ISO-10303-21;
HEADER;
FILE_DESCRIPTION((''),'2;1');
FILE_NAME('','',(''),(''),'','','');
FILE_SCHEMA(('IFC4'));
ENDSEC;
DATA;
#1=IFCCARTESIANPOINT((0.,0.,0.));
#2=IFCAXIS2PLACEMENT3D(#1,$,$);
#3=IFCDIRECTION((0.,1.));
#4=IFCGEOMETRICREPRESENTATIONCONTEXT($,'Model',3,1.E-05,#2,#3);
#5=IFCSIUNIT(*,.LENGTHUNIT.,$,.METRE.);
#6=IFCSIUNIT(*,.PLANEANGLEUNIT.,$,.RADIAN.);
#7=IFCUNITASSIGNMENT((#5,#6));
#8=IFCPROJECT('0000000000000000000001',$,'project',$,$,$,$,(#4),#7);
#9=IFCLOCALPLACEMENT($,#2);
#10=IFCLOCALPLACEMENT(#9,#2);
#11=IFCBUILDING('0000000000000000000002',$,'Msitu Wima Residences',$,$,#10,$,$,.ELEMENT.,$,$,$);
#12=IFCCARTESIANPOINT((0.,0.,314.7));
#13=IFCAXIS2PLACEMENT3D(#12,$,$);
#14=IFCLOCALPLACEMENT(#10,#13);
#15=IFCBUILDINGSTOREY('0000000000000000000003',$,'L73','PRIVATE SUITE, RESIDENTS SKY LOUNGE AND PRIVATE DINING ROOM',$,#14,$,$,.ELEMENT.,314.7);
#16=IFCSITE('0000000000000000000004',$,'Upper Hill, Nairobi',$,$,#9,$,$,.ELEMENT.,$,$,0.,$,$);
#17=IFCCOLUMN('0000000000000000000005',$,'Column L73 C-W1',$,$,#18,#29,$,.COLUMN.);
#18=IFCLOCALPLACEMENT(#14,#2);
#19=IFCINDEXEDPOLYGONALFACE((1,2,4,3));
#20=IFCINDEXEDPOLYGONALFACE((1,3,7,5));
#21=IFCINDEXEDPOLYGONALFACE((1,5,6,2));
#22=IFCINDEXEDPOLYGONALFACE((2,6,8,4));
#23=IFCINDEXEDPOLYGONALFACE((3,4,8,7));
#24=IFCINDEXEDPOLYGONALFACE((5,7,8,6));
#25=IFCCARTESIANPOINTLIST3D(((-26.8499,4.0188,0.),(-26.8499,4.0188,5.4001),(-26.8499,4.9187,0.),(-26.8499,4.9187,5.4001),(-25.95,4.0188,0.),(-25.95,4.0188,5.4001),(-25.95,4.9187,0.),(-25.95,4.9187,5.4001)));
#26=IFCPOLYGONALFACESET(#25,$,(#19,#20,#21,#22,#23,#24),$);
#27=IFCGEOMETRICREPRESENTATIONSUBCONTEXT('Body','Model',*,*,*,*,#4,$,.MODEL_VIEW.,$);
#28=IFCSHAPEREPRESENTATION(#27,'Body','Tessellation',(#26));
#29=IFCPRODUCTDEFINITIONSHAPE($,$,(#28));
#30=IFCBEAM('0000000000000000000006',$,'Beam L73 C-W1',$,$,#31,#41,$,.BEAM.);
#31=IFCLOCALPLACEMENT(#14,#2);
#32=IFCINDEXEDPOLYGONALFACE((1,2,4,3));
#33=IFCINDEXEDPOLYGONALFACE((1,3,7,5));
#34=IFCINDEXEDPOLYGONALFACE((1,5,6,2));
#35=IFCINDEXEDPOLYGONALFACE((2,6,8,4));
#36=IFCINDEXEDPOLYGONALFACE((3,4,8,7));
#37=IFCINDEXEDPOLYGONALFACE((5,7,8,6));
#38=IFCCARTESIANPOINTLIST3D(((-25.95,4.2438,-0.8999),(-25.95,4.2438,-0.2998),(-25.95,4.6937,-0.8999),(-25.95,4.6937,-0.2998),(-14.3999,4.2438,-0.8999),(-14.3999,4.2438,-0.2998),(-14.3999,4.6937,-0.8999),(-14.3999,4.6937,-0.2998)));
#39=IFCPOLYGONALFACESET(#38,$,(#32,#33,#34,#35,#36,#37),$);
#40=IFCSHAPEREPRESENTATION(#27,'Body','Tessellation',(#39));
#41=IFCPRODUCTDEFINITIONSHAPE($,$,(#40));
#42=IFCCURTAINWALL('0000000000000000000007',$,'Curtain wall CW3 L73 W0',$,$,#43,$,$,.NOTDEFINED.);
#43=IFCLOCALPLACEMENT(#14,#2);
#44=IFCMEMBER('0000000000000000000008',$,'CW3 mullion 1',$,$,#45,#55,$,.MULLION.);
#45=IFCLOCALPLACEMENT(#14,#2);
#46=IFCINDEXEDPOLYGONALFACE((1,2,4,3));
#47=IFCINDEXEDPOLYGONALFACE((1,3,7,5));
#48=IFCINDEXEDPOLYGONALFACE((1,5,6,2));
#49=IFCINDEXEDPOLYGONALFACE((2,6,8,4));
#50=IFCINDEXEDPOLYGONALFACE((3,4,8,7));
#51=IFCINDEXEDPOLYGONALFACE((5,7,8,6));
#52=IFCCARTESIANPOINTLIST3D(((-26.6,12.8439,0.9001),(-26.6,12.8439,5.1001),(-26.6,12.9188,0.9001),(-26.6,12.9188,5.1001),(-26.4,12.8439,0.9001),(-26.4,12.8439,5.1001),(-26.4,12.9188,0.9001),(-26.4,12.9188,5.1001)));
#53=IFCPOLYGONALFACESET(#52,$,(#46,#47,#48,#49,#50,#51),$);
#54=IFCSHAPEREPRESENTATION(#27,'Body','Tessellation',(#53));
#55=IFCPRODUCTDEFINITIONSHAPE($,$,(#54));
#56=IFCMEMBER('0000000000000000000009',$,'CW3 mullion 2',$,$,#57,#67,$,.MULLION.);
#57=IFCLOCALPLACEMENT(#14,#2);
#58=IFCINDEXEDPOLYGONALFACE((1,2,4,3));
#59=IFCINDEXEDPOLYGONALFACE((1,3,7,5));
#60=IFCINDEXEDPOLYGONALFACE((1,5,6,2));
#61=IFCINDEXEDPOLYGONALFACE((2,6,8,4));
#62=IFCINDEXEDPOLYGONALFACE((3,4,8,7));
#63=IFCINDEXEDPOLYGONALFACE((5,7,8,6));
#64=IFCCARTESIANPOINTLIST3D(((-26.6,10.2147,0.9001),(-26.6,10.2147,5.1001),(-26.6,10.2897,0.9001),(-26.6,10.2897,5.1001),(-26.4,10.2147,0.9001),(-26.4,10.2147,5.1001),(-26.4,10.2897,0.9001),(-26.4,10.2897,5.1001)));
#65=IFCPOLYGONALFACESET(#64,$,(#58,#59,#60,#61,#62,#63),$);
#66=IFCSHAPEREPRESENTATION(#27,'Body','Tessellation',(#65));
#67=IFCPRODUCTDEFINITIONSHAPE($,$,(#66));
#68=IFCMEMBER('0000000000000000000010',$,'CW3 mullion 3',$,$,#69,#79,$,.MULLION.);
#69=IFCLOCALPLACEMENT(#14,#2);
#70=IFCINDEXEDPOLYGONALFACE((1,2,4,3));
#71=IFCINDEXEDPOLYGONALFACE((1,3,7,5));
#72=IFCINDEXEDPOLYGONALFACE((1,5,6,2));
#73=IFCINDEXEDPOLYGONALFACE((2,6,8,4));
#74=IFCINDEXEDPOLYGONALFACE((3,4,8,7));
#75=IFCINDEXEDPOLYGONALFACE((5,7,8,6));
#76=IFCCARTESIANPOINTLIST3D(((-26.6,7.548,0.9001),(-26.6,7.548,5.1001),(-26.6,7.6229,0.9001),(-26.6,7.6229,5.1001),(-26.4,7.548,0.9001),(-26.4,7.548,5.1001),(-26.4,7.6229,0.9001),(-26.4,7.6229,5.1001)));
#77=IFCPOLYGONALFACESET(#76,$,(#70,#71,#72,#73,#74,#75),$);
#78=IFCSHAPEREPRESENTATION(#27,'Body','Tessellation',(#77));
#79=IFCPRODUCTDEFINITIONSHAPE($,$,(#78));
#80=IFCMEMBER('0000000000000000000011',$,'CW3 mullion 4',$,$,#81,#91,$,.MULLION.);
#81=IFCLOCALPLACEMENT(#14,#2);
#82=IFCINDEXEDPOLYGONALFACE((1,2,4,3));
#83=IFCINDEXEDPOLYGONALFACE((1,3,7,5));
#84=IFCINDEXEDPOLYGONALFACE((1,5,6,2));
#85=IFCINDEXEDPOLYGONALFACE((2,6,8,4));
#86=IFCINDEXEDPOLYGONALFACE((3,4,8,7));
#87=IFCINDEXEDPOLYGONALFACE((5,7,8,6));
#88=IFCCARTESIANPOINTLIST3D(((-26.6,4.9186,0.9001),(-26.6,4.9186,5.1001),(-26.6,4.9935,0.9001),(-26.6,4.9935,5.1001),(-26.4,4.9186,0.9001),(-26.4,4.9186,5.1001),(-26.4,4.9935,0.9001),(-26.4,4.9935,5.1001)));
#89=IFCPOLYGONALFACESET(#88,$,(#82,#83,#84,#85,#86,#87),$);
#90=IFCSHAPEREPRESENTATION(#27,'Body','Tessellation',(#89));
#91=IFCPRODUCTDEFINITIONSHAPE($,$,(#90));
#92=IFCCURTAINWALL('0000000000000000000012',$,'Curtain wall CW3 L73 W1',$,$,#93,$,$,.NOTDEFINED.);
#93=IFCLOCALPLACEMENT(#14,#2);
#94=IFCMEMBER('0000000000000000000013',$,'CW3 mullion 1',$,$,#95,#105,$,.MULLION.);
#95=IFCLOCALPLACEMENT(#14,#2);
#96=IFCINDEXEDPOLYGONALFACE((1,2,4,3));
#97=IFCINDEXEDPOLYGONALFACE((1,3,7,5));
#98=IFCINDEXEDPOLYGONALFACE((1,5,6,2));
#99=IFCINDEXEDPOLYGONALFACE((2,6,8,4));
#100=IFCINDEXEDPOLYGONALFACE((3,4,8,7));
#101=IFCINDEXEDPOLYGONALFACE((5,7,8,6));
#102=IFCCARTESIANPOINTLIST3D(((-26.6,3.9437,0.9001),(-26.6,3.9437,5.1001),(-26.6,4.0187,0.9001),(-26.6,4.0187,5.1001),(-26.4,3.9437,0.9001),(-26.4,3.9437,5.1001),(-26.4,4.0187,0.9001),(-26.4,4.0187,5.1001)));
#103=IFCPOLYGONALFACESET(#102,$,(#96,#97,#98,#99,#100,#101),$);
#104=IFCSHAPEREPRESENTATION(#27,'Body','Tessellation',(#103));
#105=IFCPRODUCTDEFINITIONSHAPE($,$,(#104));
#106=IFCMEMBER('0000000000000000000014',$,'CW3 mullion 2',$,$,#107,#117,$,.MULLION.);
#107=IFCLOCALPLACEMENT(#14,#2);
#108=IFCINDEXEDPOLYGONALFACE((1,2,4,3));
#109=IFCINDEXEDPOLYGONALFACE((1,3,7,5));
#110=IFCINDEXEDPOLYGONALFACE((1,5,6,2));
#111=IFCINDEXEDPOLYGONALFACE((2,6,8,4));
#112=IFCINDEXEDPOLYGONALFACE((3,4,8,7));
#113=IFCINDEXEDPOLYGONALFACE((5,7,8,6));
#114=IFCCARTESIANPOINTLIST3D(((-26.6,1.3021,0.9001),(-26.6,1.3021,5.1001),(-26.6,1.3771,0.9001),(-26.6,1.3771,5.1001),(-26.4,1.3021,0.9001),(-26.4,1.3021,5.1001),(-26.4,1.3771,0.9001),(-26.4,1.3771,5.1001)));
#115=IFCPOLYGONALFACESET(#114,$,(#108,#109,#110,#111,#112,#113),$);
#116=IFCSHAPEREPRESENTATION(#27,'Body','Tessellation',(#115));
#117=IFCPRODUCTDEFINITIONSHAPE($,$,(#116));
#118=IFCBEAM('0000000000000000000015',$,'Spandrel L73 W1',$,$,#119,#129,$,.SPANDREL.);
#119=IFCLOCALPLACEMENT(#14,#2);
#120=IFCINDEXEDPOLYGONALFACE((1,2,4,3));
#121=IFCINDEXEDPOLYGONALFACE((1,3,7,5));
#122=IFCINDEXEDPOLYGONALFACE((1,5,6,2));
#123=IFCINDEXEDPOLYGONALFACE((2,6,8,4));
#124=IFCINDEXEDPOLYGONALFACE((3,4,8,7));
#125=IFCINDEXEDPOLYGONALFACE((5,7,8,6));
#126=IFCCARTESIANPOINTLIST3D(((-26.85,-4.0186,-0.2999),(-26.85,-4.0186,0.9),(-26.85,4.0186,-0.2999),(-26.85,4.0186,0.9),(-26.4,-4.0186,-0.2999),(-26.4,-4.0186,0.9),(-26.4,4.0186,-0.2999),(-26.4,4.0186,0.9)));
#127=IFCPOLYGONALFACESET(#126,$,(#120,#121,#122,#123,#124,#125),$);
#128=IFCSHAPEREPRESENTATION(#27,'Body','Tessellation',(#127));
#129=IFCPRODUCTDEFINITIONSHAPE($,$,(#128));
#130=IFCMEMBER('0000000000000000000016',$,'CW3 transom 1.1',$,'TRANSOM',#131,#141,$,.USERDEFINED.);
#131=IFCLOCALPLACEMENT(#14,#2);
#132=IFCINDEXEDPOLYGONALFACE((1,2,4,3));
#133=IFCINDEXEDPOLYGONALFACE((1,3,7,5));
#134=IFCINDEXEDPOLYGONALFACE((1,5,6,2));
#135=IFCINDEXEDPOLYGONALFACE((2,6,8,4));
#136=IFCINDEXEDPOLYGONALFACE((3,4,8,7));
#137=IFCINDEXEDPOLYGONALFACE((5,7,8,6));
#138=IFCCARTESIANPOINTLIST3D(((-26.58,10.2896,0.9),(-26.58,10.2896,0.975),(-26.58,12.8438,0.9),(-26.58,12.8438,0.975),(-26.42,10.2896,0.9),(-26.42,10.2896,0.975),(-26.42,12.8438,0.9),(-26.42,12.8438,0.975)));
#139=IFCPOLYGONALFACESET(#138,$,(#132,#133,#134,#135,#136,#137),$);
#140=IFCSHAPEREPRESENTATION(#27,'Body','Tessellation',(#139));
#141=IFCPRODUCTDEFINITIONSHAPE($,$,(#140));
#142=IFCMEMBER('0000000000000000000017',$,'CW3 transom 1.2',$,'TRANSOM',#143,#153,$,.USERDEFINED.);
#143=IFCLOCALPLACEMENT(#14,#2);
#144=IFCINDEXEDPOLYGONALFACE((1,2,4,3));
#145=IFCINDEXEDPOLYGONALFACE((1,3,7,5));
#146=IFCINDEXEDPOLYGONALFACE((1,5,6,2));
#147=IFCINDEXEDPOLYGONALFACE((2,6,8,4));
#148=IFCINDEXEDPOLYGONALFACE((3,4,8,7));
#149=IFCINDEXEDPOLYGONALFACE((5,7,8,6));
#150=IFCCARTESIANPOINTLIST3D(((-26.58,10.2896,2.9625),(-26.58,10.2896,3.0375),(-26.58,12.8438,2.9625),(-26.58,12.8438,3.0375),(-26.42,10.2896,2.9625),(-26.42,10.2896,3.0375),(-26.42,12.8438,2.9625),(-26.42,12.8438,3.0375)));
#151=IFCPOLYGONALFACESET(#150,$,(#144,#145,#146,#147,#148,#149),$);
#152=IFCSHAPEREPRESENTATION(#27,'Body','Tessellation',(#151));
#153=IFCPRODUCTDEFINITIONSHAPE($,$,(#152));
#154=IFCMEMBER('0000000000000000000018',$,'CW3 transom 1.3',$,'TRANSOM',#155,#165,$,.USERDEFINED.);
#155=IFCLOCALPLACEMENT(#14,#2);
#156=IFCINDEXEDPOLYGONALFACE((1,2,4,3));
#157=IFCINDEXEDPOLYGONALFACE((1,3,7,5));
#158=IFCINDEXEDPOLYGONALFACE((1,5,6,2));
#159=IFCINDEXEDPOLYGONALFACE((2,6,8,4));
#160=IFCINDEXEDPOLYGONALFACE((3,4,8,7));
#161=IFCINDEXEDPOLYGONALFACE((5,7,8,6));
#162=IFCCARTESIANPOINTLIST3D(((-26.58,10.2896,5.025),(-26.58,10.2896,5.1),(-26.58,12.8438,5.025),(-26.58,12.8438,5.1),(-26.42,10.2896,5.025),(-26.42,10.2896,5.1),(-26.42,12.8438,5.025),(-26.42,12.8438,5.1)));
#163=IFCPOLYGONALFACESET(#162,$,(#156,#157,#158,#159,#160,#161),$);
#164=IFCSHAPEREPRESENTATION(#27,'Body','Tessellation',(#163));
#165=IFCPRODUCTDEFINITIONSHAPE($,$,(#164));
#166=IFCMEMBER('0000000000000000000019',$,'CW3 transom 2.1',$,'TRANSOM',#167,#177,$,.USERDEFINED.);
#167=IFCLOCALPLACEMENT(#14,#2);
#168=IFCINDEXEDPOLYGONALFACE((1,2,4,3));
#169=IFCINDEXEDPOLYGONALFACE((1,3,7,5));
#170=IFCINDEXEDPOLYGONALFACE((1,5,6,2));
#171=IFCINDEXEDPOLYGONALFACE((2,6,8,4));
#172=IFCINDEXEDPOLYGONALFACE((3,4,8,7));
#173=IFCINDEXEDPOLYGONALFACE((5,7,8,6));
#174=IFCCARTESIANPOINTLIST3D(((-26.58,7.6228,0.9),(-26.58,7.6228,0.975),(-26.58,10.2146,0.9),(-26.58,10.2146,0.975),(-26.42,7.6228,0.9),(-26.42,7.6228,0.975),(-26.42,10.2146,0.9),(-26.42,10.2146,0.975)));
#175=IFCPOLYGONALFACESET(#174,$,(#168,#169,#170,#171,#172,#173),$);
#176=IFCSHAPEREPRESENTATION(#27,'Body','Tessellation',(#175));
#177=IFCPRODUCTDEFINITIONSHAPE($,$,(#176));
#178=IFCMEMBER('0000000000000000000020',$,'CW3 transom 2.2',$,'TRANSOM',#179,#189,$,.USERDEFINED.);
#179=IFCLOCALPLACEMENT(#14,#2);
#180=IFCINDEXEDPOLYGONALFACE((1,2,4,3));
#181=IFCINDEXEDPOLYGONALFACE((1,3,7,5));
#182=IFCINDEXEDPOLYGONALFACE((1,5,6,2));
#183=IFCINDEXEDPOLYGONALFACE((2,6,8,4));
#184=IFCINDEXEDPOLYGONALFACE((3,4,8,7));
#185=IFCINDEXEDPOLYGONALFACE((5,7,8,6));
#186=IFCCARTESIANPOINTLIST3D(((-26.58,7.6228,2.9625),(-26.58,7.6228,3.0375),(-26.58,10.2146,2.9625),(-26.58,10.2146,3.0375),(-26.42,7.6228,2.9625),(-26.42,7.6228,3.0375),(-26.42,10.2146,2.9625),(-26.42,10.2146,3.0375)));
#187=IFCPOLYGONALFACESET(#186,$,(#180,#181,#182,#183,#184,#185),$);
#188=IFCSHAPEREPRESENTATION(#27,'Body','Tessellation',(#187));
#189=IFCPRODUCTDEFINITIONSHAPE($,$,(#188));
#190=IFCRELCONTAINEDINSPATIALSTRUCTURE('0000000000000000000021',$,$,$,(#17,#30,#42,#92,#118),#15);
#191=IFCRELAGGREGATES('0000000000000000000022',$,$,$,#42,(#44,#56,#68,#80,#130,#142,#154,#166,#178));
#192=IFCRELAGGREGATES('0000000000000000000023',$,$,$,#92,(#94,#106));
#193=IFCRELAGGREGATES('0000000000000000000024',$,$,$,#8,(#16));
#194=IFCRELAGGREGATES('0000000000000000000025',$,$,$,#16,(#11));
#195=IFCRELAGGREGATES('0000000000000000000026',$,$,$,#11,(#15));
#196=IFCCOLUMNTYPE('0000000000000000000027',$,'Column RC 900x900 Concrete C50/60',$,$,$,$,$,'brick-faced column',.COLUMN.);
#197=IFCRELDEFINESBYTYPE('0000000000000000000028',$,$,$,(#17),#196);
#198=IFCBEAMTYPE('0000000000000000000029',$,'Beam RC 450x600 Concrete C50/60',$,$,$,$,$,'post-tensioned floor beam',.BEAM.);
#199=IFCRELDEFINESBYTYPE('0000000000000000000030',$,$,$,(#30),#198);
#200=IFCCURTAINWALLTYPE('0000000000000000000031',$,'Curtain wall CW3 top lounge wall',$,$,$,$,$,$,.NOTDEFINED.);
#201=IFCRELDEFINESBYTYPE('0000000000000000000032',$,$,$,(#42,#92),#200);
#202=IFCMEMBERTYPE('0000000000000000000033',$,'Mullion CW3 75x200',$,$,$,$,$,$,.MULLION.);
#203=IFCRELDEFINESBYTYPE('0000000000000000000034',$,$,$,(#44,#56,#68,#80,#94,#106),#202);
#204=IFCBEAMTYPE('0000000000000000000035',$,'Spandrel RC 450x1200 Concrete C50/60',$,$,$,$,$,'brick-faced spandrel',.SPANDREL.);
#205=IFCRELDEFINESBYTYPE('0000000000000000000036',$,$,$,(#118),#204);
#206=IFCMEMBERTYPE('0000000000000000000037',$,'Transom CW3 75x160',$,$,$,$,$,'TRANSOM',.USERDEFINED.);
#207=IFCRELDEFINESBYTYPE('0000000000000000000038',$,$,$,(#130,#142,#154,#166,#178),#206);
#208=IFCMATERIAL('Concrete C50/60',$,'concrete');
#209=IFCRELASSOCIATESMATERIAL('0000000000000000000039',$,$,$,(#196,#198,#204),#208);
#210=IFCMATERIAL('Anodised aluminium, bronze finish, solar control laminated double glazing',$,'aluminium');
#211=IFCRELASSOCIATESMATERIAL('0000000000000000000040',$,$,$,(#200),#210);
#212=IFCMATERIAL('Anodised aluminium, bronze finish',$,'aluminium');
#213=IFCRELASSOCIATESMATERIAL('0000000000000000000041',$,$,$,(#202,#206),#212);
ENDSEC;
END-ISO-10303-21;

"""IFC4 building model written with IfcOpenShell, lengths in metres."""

from ifc_helpers import new_model, si_unit, direction, frame, origin, origin_2d, place, context, subcontext, project, spatial, rectangle, extrude, material, material_profile, profile_set, type_object, element, aggregate, save


model = new_model("IFC4")

# Units and contexts
model_context = context("Model", 3, precision=1e-05, world=origin(), true_north=direction((0.0, 1.0)))
body_context = subcontext(model_context, "Body", "Model", "MODEL_VIEW")
ifc_project = project(units=[si_unit("LENGTHUNIT", "METRE"), si_unit("PLANEANGLEUNIT", "RADIAN")], contexts=[model_context])

# Site, building, storey
site_placement = place(None, origin())
site = spatial("IfcSite", under=ifc_project, at=site_placement, Name="Upper Hill, Nairobi", CompositionType="ELEMENT", RefElevation=0.0)
building_placement = place(site_placement, origin())
building = spatial("IfcBuilding", under=site, at=building_placement, Name="Msitu Wima Residences", CompositionType="ELEMENT")
storey_placement = place(building_placement, frame((0.0, 0.0, 314.7)))
storey = spatial("IfcBuildingStorey", under=building, at=storey_placement, Name="L73", Description="PRIVATE SUITE, RESIDENTS SKY LOUNGE AND PRIVATE DINING ROOM", CompositionType="ELEMENT", Elevation=314.7)

# Column
ifc_material_1 = material(Name="Concrete C50/60", Category="concrete")
ifc_material_profile_1 = material_profile(ifc_material_1, rectangle(XDim=0.8999, YDim=0.8999, at=origin_2d()), Name="RC 900x900")
ifc_profile_set_1 = profile_set([ifc_material_profile_1], Name="Concrete C50/60")
column_type = type_object("IfcColumnType", Name="Column RC 900x900 Concrete C50/60", ElementType="brick-faced column", PredefinedType="COLUMN", material=ifc_profile_set_1)
column_placement = place(storey_placement, frame((-26.3999, 4.4688, 0.0), z_axis=(0.0, 0.0, 1.0), x_axis=(0.0, -1.0, 0.0)))
element("IfcColumn", 1, at=column_placement, inside=storey, type_object=column_type, Name="Column L73 C-W1", PredefinedType="COLUMN", context=body_context, shape_type="SweptSolid", body=[
    extrude(rectangle(XDim=0.8999, YDim=0.8999, at=origin_2d()), origin(), (0.0, 0.0, 1.0), 5.4001),
])

# Beam
ifc_material_profile_2 = material_profile(ifc_material_1, rectangle(XDim=0.45, YDim=0.6001, at=origin_2d()), Name="RC 450x600")
ifc_profile_set_2 = profile_set([ifc_material_profile_2], Name="Concrete C50/60")
beam_type_1 = type_object("IfcBeamType", Name="Beam RC 450x600 Concrete C50/60", ElementType="post-tensioned floor beam", PredefinedType="BEAM", material=ifc_profile_set_2)
beam_1_placement = place(storey_placement, frame((-25.95, 4.4688, -0.5999), z_axis=(1.0, 0.0, 0.0), x_axis=(0.0, 1.0, 0.0)))
element("IfcBeam", 2, at=beam_1_placement, inside=storey, type_object=beam_type_1, Name="Beam L73 C-W1", PredefinedType="BEAM", context=body_context, shape_type="SweptSolid", body=[
    extrude(rectangle(XDim=0.45, YDim=0.6001, at=origin_2d()), origin(), (0.0, 0.0, 1.0), 11.55),
])

# Curtain walls, members
ifc_material_2 = material(Name="Anodised aluminium, bronze finish, solar control laminated double glazing", Category="aluminium")
curtain_wall_type = type_object("IfcCurtainWallType", Name="Curtain wall CW3 top lounge wall", PredefinedType="NOTDEFINED", material=ifc_material_2)
curtain_wall_1_placement = place(storey_placement, origin())
curtain_wall_1 = element("IfcCurtainWall", 3, at=curtain_wall_1_placement, inside=storey, type_object=curtain_wall_type, Name="Curtain wall CW3 L73 W0", PredefinedType="NOTDEFINED")
ifc_material_3 = material(Name="Anodised aluminium, bronze finish", Category="aluminium")
ifc_material_profile_3 = material_profile(ifc_material_3, rectangle(XDim=0.2, YDim=0.075, at=origin_2d()), Name="Mullion 75x200")
ifc_profile_set_3 = profile_set([ifc_material_profile_3], Name="Anodised aluminium, bronze finish")
member_type_1 = type_object("IfcMemberType", Name="Mullion CW3 75x200", PredefinedType="MULLION", material=ifc_profile_set_3)
member_1_placement = place(storey_placement, frame((-26.5, 12.8813, 0.9001), z_axis=(0.0, 0.0, 1.0), x_axis=(1.0, 0.0, 0.0)))
member_1 = element("IfcMember", 4, at=member_1_placement, type_object=member_type_1, Name="CW3 mullion 1", PredefinedType="MULLION", context=body_context, shape_type="SweptSolid", body=[
    extrude(rectangle(XDim=0.2, YDim=0.075, at=origin_2d()), origin(), (0.0, 0.0, 1.0), 4.2),
])
member_2_placement = place(storey_placement, frame((-26.5, 10.2522, 0.9001), z_axis=(0.0, 0.0, 1.0), x_axis=(1.0, 0.0, 0.0)))
member_2 = element("IfcMember", 5, at=member_2_placement, type_object=member_type_1, Name="CW3 mullion 2", PredefinedType="MULLION", context=body_context, shape_type="SweptSolid", body=[
    extrude(rectangle(XDim=0.2, YDim=0.075, at=origin_2d()), origin(), (0.0, 0.0, 1.0), 4.2),
])
member_3_placement = place(storey_placement, frame((-26.5, 7.5854, 0.9001), z_axis=(0.0, 0.0, 1.0), x_axis=(1.0, 0.0, 0.0)))
member_3 = element("IfcMember", 6, at=member_3_placement, type_object=member_type_1, Name="CW3 mullion 3", PredefinedType="MULLION", context=body_context, shape_type="SweptSolid", body=[
    extrude(rectangle(XDim=0.2, YDim=0.075, at=origin_2d()), origin(), (0.0, 0.0, 1.0), 4.2),
])
member_4_placement = place(storey_placement, frame((-26.5, 4.9561, 0.9001), z_axis=(0.0, 0.0, 1.0), x_axis=(1.0, 0.0, 0.0)))
member_4 = element("IfcMember", 7, at=member_4_placement, type_object=member_type_1, Name="CW3 mullion 4", PredefinedType="MULLION", context=body_context, shape_type="SweptSolid", body=[
    extrude(rectangle(XDim=0.2, YDim=0.075, at=origin_2d()), origin(), (0.0, 0.0, 1.0), 4.2),
])
curtain_wall_2_placement = place(storey_placement, origin())
curtain_wall_2 = element("IfcCurtainWall", 8, at=curtain_wall_2_placement, inside=storey, type_object=curtain_wall_type, Name="Curtain wall CW3 L73 W1", PredefinedType="NOTDEFINED")
member_5_placement = place(storey_placement, frame((-26.5, 3.9812, 0.9001), z_axis=(0.0, 0.0, 1.0), x_axis=(1.0, 0.0, 0.0)))
member_5 = element("IfcMember", 9, at=member_5_placement, type_object=member_type_1, Name="CW3 mullion 1", PredefinedType="MULLION", context=body_context, shape_type="SweptSolid", body=[
    extrude(rectangle(XDim=0.2, YDim=0.075, at=origin_2d()), origin(), (0.0, 0.0, 1.0), 4.2),
])
member_6_placement = place(storey_placement, frame((-26.5, 1.3396, 0.9001), z_axis=(0.0, 0.0, 1.0), x_axis=(1.0, 0.0, 0.0)))
member_6 = element("IfcMember", 10, at=member_6_placement, type_object=member_type_1, Name="CW3 mullion 2", PredefinedType="MULLION", context=body_context, shape_type="SweptSolid", body=[
    extrude(rectangle(XDim=0.2, YDim=0.075, at=origin_2d()), origin(), (0.0, 0.0, 1.0), 4.2),
])

# Beam
ifc_material_profile_4 = material_profile(ifc_material_1, rectangle(XDim=0.45, YDim=1.2, at=origin_2d()), Name="RC 450x1200")
ifc_profile_set_4 = profile_set([ifc_material_profile_4], Name="Concrete C50/60")
beam_type_2 = type_object("IfcBeamType", Name="Spandrel RC 450x1200 Concrete C50/60", ElementType="brick-faced spandrel", PredefinedType="SPANDREL", material=ifc_profile_set_4)
beam_2_placement = place(storey_placement, frame((-26.625, 4.0186, 0.3), z_axis=(0.0, -1.0, 0.0), x_axis=(1.0, 0.0, 0.0)))
element("IfcBeam", 11, at=beam_2_placement, inside=storey, type_object=beam_type_2, Name="Spandrel L73 W1", PredefinedType="SPANDREL", context=body_context, shape_type="SweptSolid", body=[
    extrude(rectangle(XDim=0.45, YDim=1.2, at=origin_2d()), origin(), (0.0, 0.0, 1.0), 8.0371),
])

# Members
ifc_material_profile_5 = material_profile(ifc_material_3, rectangle(XDim=0.1599, YDim=0.075, at=origin_2d()), Name="Transom 75x160")
ifc_profile_set_5 = profile_set([ifc_material_profile_5], Name="Anodised aluminium, bronze finish")
member_type_2 = type_object("IfcMemberType", Name="Transom CW3 75x160", ElementType="TRANSOM", PredefinedType="USERDEFINED", material=ifc_profile_set_5)
member_7_placement = place(storey_placement, frame((-26.5, 12.8438, 0.9375), z_axis=(0.0, -1.0, 0.0), x_axis=(1.0, 0.0, 0.0)))
member_7 = element("IfcMember", 12, at=member_7_placement, type_object=member_type_2, Name="CW3 transom 1.1", ObjectType="TRANSOM", PredefinedType="USERDEFINED", context=body_context, shape_type="SweptSolid", body=[
    extrude(rectangle(XDim=0.1599, YDim=0.075, at=origin_2d()), origin(), (0.0, 0.0, 1.0), 2.5542),
])
member_8_placement = place(storey_placement, frame((-26.5, 12.8438, 3.0), z_axis=(0.0, -1.0, 0.0), x_axis=(1.0, 0.0, 0.0)))
member_8 = element("IfcMember", 13, at=member_8_placement, type_object=member_type_2, Name="CW3 transom 1.2", ObjectType="TRANSOM", PredefinedType="USERDEFINED", context=body_context, shape_type="SweptSolid", body=[
    extrude(rectangle(XDim=0.1599, YDim=0.075, at=origin_2d()), origin(), (0.0, 0.0, 1.0), 2.5542),
])
member_9_placement = place(storey_placement, frame((-26.5, 12.8438, 5.0625), z_axis=(0.0, -1.0, 0.0), x_axis=(1.0, 0.0, 0.0)))
member_9 = element("IfcMember", 14, at=member_9_placement, type_object=member_type_2, Name="CW3 transom 1.3", ObjectType="TRANSOM", PredefinedType="USERDEFINED", context=body_context, shape_type="SweptSolid", body=[
    extrude(rectangle(XDim=0.1599, YDim=0.075, at=origin_2d()), origin(), (0.0, 0.0, 1.0), 2.5542),
])
member_10_placement = place(storey_placement, frame((-26.5, 10.2146, 0.9375), z_axis=(0.0, -1.0, 0.0), x_axis=(1.0, 0.0, 0.0)))
member_10 = element("IfcMember", 15, at=member_10_placement, type_object=member_type_2, Name="CW3 transom 2.1", ObjectType="TRANSOM", PredefinedType="USERDEFINED", context=body_context, shape_type="SweptSolid", body=[
    extrude(rectangle(XDim=0.1599, YDim=0.075, at=origin_2d()), origin(), (0.0, 0.0, 1.0), 2.5918),
])
member_11_placement = place(storey_placement, frame((-26.5, 10.2146, 3.0), z_axis=(0.0, -1.0, 0.0), x_axis=(1.0, 0.0, 0.0)))
member_11 = element("IfcMember", 16, at=member_11_placement, type_object=member_type_2, Name="CW3 transom 2.2", ObjectType="TRANSOM", PredefinedType="USERDEFINED", context=body_context, shape_type="SweptSolid", body=[
    extrude(rectangle(XDim=0.1599, YDim=0.075, at=origin_2d()), origin(), (0.0, 0.0, 1.0), 2.5918),
])

aggregate(curtain_wall_1, [member_1, member_2, member_3, member_4, member_7, member_8, member_9, member_10, member_11])
aggregate(curtain_wall_2, [member_5, member_6])

save(model, "model.ifc")
